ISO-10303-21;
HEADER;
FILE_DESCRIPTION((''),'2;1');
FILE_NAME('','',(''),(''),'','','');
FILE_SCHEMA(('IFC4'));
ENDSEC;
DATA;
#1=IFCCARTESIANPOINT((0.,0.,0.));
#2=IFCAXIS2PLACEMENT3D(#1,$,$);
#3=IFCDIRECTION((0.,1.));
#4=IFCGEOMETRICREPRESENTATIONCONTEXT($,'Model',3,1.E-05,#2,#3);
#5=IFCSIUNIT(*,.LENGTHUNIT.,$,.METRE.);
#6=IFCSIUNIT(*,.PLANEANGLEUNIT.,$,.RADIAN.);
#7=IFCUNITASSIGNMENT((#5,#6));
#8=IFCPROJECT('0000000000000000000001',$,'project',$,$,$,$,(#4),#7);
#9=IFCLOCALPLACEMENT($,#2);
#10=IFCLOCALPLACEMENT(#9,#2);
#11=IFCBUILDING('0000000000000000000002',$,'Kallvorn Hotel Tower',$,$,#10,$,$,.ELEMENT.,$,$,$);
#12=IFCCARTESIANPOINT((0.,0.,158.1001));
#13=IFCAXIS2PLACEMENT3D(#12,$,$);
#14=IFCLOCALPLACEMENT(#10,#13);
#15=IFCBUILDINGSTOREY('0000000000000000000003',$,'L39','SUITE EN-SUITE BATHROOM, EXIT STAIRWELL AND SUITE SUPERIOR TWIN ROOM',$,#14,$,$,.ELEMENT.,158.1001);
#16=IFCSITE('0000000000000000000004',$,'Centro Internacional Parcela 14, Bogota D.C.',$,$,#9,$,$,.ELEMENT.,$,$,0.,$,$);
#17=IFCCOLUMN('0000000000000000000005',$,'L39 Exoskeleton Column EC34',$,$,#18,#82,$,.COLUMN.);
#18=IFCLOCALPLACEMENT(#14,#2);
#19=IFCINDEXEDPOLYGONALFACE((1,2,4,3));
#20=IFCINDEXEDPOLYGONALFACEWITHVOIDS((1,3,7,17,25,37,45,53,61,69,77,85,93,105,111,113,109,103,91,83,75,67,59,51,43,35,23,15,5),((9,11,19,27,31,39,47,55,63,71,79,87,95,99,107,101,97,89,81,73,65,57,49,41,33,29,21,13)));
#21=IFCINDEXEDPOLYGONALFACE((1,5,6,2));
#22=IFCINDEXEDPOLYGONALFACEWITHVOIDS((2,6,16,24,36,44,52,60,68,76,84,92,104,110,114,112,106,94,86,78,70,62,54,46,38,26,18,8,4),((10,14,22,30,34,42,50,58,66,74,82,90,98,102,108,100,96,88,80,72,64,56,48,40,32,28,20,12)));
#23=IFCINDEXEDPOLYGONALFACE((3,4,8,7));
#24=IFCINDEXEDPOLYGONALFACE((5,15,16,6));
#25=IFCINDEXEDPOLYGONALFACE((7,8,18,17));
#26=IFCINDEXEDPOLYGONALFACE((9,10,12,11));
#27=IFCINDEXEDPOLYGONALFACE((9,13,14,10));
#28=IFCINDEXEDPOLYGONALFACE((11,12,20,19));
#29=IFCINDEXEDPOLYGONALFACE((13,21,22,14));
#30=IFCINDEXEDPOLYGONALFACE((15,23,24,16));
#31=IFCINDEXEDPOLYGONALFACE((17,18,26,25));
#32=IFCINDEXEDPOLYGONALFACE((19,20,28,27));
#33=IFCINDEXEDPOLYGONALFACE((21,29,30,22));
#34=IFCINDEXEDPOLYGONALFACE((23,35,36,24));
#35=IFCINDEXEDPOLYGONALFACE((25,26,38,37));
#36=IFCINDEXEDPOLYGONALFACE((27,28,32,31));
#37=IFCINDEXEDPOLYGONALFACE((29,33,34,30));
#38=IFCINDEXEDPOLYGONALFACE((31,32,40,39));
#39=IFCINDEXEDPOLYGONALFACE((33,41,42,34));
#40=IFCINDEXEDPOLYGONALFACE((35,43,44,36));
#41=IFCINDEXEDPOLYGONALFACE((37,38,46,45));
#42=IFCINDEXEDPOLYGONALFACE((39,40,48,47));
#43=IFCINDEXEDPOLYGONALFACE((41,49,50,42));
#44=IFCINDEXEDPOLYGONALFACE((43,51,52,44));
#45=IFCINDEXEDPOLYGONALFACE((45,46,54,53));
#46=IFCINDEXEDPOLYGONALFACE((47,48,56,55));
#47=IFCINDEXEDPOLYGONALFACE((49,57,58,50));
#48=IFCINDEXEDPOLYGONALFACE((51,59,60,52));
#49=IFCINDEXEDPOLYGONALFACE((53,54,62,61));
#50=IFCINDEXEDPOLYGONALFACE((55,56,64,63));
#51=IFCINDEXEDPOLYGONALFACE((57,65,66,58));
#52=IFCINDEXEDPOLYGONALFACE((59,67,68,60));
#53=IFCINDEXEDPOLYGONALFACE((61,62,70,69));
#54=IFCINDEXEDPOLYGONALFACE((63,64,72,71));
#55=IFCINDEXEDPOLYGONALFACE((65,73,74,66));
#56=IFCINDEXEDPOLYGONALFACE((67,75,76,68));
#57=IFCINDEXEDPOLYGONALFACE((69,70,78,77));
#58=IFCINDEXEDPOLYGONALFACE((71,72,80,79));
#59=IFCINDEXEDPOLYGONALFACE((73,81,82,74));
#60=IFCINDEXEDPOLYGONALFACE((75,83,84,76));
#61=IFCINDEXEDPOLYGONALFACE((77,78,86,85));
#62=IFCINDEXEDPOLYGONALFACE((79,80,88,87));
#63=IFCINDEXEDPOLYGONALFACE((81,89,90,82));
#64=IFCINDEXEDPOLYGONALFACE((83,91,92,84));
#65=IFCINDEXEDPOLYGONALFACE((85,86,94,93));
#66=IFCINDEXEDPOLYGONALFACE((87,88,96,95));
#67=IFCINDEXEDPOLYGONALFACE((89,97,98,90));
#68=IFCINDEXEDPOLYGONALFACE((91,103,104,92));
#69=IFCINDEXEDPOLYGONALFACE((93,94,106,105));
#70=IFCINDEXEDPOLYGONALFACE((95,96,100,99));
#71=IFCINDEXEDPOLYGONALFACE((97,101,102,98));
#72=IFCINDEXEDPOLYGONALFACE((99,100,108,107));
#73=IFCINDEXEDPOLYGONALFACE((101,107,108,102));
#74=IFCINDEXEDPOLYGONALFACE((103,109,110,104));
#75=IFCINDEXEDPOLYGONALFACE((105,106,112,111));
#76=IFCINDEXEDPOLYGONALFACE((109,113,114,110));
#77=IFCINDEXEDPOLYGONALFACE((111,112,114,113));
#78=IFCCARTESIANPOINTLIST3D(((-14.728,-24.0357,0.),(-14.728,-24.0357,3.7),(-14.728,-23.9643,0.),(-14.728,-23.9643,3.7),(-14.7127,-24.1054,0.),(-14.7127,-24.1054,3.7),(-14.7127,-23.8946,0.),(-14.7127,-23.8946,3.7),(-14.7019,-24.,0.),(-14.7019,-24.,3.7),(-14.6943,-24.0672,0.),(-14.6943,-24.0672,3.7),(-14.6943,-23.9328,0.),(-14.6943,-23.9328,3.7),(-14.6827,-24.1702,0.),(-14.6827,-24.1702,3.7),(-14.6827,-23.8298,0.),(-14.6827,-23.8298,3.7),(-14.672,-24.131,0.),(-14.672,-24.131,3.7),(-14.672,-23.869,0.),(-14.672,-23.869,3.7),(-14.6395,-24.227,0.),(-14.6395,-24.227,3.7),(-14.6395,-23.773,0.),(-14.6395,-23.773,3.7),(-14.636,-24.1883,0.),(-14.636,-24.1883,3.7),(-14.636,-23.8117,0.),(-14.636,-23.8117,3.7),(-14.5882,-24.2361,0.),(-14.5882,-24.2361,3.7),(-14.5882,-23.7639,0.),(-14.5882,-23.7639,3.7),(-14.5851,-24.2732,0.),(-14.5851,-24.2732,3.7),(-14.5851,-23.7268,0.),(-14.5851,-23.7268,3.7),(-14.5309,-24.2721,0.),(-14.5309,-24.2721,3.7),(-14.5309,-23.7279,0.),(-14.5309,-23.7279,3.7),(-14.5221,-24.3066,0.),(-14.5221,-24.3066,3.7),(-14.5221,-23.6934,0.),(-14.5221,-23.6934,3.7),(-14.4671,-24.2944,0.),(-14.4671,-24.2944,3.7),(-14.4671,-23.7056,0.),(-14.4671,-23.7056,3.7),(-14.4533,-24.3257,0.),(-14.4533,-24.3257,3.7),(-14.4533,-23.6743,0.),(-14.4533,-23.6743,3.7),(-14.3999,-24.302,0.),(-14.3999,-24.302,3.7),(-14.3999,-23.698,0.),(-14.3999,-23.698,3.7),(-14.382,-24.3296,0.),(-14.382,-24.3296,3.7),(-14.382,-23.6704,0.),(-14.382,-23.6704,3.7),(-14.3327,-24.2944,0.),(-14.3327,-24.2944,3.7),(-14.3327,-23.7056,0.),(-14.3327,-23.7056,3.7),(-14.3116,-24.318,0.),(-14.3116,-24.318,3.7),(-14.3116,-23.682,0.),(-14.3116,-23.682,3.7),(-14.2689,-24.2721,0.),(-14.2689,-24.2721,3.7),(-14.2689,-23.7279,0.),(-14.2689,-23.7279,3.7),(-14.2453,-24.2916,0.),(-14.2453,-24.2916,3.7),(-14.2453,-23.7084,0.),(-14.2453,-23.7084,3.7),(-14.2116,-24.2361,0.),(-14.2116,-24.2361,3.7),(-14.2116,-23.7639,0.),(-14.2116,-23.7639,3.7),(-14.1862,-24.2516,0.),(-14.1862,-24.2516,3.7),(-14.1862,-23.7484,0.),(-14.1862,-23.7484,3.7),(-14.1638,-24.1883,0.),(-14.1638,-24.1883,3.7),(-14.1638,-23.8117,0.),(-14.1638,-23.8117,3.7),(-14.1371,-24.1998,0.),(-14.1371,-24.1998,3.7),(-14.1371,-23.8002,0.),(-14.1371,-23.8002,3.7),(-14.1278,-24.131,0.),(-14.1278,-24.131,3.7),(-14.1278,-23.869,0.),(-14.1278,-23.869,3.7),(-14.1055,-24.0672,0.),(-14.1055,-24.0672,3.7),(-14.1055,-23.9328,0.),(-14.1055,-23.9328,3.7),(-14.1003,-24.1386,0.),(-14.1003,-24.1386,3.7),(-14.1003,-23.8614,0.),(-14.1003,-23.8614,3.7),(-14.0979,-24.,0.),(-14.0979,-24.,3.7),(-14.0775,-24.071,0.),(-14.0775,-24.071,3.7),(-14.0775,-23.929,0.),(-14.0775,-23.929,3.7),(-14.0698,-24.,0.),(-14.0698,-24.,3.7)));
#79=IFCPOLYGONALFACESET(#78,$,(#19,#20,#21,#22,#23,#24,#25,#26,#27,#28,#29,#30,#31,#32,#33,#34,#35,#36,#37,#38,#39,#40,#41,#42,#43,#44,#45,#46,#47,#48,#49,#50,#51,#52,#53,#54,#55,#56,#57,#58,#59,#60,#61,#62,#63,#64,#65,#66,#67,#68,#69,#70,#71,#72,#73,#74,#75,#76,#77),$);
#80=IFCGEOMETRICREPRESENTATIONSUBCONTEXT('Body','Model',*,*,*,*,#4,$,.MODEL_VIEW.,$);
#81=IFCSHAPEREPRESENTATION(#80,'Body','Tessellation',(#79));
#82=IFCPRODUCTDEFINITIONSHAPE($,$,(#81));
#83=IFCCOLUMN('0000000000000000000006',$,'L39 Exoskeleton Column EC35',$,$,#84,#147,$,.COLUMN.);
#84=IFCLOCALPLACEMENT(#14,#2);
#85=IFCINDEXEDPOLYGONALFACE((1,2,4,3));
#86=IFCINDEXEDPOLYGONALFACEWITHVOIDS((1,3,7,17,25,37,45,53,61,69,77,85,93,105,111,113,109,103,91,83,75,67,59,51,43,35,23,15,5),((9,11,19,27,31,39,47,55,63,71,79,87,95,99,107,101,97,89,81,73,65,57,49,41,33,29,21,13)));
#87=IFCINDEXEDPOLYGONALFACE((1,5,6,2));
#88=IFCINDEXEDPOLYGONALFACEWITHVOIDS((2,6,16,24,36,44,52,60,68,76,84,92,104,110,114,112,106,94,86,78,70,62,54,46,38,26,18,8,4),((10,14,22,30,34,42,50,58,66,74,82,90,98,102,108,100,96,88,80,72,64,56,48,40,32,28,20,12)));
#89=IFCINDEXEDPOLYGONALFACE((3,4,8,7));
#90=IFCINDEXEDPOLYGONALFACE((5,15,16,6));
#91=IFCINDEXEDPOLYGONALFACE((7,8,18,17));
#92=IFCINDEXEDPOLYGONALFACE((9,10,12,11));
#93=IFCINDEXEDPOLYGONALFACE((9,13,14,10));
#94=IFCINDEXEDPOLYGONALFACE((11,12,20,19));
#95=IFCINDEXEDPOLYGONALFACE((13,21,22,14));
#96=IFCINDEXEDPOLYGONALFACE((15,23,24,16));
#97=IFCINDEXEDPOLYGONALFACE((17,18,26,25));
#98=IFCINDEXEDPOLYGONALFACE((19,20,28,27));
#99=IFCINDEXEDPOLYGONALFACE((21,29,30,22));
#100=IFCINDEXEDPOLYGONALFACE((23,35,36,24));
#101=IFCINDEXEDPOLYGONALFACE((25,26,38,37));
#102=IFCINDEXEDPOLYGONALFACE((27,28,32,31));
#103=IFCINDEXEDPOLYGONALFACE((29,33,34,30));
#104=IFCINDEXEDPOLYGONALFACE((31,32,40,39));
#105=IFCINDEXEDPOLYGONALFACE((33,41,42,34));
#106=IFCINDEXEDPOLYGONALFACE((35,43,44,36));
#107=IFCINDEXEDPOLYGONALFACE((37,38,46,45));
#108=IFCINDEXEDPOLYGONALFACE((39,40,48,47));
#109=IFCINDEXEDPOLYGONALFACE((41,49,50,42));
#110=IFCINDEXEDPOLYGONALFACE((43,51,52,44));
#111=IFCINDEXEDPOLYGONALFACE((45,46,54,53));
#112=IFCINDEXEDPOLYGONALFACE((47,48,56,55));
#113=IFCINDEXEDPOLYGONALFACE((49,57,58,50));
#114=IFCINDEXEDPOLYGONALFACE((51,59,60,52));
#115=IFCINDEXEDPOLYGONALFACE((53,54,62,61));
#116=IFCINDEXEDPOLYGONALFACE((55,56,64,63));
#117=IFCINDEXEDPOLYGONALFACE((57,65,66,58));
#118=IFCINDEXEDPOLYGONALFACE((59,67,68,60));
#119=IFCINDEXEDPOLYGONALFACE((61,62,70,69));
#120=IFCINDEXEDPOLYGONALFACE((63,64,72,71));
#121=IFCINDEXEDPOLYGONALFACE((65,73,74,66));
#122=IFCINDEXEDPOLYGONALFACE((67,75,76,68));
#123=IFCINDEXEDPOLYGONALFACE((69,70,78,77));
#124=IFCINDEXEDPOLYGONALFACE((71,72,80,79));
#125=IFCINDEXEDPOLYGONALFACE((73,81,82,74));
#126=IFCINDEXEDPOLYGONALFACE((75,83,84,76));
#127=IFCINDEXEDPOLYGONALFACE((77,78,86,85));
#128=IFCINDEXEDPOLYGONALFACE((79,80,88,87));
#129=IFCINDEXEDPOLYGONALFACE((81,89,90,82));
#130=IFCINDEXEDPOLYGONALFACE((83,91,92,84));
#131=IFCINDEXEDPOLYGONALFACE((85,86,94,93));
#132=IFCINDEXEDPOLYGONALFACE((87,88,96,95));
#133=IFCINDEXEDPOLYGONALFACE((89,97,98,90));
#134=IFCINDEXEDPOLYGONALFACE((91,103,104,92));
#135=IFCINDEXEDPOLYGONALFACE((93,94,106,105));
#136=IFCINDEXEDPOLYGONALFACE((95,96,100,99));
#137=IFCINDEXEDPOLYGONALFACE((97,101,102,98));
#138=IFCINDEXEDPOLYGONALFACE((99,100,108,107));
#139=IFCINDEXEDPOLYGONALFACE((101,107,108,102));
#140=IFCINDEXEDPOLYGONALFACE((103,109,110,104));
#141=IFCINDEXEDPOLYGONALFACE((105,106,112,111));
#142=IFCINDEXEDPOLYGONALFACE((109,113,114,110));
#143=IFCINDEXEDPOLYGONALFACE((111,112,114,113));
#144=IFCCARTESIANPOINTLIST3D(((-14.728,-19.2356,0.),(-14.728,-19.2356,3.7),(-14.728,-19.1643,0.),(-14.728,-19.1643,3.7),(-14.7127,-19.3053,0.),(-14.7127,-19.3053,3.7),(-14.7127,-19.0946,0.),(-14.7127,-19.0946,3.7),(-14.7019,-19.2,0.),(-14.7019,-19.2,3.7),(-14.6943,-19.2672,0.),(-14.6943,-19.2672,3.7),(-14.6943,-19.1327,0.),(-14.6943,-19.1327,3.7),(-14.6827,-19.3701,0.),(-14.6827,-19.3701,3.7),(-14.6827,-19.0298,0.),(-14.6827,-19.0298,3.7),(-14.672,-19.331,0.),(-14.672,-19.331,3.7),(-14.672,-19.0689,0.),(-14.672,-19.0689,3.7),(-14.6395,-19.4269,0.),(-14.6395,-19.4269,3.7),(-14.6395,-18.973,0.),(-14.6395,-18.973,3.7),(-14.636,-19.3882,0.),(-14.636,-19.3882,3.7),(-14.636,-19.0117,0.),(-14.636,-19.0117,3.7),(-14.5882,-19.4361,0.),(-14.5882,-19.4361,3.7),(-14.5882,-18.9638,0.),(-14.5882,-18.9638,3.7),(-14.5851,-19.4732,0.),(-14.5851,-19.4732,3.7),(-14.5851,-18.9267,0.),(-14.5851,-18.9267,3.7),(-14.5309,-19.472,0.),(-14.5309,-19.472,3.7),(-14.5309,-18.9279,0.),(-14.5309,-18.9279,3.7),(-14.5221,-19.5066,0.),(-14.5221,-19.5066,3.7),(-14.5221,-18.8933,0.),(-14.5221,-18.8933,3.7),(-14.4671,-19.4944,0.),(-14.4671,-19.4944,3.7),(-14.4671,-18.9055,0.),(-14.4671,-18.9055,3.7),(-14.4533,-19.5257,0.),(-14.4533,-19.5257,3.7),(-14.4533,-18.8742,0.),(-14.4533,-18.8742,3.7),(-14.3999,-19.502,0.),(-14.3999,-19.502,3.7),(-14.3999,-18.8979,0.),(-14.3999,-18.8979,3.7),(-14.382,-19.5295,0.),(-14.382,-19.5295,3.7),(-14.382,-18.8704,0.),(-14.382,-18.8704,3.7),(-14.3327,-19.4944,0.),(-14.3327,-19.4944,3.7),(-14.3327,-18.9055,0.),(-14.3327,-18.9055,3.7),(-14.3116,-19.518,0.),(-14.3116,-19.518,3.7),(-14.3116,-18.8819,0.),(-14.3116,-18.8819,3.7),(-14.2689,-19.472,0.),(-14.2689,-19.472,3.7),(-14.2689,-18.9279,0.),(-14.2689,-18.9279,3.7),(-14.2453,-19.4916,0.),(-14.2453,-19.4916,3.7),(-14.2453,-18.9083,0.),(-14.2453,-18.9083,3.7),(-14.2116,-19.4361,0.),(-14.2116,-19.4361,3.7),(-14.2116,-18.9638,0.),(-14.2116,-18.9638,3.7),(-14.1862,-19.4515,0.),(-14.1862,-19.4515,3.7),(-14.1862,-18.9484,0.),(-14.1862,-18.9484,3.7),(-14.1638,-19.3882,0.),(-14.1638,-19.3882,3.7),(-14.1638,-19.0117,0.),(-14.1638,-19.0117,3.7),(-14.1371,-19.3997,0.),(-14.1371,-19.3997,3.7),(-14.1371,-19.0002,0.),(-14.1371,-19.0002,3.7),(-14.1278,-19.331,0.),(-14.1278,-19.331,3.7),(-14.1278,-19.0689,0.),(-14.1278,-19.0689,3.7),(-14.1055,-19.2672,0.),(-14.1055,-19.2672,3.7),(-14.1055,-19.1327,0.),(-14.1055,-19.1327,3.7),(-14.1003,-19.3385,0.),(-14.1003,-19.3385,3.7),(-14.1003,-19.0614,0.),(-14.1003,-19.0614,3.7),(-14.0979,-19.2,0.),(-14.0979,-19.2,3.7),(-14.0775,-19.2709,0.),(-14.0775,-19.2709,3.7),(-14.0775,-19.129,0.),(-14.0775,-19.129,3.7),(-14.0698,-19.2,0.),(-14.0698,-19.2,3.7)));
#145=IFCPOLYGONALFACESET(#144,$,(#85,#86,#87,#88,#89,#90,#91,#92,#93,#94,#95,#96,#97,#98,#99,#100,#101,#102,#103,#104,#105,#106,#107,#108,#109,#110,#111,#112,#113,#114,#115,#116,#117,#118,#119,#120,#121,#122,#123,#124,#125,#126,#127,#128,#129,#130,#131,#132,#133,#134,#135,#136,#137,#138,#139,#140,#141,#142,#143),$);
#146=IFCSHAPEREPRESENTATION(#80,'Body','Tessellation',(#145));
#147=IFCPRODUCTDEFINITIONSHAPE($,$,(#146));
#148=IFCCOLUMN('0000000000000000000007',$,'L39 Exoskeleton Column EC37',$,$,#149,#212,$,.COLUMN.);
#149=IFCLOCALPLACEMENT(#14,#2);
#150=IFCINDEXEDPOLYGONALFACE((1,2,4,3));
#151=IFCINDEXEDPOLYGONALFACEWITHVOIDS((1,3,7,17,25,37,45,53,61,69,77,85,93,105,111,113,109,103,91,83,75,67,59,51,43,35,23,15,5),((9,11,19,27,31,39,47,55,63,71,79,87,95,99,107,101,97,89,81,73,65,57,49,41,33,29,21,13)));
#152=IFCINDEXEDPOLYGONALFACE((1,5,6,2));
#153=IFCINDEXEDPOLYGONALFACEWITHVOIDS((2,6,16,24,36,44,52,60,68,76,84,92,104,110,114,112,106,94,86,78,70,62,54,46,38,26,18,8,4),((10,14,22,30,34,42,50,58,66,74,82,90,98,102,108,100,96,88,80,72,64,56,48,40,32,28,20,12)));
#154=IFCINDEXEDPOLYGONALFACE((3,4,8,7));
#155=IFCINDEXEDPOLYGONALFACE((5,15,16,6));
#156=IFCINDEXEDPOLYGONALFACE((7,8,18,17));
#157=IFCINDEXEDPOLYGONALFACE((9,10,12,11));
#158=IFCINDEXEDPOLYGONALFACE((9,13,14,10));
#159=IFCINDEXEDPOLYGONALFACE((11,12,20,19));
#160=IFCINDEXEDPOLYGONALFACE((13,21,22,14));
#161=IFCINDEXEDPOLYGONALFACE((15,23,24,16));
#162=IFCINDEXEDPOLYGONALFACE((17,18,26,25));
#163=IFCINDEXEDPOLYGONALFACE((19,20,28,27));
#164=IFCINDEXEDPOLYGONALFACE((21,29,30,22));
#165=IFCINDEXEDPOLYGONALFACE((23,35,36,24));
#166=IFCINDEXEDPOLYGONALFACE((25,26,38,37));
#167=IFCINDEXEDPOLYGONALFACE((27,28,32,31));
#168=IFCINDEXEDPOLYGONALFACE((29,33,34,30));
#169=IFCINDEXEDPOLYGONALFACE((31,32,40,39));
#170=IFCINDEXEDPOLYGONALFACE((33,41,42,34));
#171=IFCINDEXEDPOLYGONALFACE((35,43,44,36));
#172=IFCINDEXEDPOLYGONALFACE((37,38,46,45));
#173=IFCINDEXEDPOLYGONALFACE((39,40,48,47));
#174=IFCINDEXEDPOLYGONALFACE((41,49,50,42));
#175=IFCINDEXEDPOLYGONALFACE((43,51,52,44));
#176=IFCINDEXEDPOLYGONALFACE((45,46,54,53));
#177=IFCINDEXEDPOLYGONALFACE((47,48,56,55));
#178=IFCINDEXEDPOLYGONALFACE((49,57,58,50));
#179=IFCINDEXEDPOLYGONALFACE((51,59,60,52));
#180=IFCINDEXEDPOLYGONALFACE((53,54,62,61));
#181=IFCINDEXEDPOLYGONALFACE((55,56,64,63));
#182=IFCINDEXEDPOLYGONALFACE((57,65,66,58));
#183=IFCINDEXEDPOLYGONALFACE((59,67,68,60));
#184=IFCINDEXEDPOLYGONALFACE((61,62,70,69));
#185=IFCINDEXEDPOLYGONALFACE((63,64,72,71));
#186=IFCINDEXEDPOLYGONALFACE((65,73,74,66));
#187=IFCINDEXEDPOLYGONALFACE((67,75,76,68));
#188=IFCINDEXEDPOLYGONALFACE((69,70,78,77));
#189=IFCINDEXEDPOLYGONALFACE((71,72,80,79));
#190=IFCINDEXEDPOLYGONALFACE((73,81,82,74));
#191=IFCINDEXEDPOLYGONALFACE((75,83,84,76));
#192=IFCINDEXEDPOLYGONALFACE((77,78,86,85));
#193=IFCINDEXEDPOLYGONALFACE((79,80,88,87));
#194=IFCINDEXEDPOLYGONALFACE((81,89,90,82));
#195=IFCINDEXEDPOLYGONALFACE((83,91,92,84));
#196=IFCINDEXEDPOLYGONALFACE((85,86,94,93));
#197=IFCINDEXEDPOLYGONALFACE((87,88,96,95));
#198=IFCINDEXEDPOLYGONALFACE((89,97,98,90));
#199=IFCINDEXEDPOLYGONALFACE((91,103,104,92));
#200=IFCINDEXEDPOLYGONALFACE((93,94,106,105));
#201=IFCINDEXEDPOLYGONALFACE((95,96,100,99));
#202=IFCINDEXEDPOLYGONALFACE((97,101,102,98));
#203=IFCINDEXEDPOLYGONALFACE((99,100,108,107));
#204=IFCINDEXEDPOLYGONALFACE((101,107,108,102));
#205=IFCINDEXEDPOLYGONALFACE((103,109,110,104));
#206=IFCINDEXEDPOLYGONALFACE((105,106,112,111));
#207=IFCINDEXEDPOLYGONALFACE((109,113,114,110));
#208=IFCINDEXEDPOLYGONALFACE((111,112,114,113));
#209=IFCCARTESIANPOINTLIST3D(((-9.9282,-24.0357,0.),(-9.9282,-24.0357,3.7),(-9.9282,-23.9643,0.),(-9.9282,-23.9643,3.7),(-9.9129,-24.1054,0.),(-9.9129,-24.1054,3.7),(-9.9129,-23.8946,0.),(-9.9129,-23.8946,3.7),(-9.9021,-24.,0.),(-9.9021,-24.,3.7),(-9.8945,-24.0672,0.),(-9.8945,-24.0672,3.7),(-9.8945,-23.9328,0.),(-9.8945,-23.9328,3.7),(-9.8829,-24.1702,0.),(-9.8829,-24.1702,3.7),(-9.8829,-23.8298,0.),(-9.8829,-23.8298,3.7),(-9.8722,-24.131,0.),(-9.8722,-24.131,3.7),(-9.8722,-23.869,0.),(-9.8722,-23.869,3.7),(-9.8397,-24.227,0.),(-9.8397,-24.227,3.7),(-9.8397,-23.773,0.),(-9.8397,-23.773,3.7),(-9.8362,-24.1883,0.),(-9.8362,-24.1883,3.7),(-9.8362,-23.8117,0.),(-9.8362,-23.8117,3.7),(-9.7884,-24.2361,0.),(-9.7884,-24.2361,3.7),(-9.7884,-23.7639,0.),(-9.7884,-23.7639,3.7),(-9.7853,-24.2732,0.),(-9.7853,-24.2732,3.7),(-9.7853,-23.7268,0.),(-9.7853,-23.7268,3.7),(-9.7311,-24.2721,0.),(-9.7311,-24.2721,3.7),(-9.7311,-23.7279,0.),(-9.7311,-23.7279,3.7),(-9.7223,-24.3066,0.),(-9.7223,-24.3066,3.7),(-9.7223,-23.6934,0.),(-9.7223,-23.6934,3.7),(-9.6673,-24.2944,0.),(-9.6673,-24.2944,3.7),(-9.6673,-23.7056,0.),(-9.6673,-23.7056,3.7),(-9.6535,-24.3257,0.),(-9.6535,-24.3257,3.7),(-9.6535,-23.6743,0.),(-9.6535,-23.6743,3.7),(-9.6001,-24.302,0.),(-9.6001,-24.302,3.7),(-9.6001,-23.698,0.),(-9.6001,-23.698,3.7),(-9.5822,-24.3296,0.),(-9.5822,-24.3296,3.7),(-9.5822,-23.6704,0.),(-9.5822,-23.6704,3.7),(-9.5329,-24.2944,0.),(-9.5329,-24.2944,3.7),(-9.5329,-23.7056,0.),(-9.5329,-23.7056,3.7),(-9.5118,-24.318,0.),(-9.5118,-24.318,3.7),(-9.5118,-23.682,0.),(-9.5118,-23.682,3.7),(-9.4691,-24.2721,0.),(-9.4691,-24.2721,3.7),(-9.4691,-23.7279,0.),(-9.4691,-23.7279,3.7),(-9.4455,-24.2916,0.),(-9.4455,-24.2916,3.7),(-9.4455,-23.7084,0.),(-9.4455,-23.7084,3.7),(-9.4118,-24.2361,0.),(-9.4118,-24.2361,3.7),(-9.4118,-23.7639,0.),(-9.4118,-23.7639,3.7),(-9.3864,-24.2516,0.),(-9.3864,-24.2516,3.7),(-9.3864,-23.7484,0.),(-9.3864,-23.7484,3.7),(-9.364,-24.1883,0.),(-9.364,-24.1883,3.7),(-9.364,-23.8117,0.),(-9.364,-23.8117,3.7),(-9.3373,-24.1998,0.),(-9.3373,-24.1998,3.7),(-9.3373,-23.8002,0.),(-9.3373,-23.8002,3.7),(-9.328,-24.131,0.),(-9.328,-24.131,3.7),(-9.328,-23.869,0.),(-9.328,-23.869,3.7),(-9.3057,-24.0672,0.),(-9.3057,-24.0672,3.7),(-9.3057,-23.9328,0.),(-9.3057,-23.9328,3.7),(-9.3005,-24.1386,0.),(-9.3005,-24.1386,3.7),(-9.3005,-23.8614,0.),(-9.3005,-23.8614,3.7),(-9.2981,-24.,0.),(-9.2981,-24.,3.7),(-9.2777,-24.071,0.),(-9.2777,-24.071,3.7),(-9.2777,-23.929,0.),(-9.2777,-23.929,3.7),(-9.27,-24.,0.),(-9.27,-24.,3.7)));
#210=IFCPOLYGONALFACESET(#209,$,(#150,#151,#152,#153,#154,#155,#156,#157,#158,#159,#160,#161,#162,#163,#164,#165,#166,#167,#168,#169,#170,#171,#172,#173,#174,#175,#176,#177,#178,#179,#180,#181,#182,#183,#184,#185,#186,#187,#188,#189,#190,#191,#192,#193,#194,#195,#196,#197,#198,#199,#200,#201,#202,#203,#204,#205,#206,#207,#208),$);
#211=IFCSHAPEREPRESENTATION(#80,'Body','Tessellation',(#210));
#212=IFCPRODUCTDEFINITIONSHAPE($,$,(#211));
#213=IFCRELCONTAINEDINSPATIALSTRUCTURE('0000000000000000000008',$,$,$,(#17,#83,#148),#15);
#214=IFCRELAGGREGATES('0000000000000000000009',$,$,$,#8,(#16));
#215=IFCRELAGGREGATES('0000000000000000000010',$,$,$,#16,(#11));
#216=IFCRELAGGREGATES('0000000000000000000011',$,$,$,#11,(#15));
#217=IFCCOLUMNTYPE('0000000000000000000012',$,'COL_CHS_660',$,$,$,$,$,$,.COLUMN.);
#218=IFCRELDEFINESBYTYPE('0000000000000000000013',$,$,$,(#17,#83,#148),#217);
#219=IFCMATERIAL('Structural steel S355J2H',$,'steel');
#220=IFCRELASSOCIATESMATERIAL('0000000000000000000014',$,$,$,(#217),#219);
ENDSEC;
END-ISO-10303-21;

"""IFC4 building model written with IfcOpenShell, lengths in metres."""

from ifc_helpers import new_model, si_unit, direction, frame, origin, origin_2d, place, context, subcontext, project, spatial, hollow_circle, extrude, material, material_profile, profile_set, type_object, element, save


model = new_model("IFC4")

# Units and contexts
model_context = context("Model", 3, precision=1e-05, world=origin(), true_north=direction((0.0, 1.0)))
body_context = subcontext(model_context, "Body", "Model", "MODEL_VIEW")
ifc_project = project(units=[si_unit("LENGTHUNIT", "METRE"), si_unit("PLANEANGLEUNIT", "RADIAN")], contexts=[model_context])

# Site, building, storey
site_placement = place(None, origin())
site = spatial("IfcSite", under=ifc_project, at=site_placement, Name="Centro Internacional Parcela 14, Bogota D.C.", CompositionType="ELEMENT", RefElevation=0.0)
building_placement = place(site_placement, origin())
building = spatial("IfcBuilding", under=site, at=building_placement, Name="Kallvorn Hotel Tower", CompositionType="ELEMENT")
storey_placement = place(building_placement, frame((0.0, 0.0, 158.1001)))
storey = spatial("IfcBuildingStorey", under=building, at=storey_placement, Name="L39", Description="SUITE EN-SUITE BATHROOM, EXIT STAIRWELL AND SUITE SUPERIOR TWIN ROOM", CompositionType="ELEMENT", Elevation=158.1001)

# Columns
ifc_material_1 = material(Name="Structural steel S355J2H", Category="steel")
ifc_material_profile_1 = material_profile(ifc_material_1, hollow_circle(Radius=0.3301, WallThickness=0.0281, at=origin_2d()), Name="CHS 660x28")
ifc_profile_set_1 = profile_set([ifc_material_profile_1], Name="Structural steel S355J2H")
column_type_1 = type_object("IfcColumnType", Name="COL_CHS_660", PredefinedType="COLUMN", material=ifc_profile_set_1)
for number, where, z_axis, x_axis, name in (
    (1, (-14.3999, -24.0, 0.0), (0.0, 0.0, 1.0), (1.0, 0.0, 0.0), "L39 Exoskeleton Column EC34"),
    (2, (-14.3999, -19.2, 0.0), (0.0, 0.0, 1.0), (1.0, 0.0, 0.0), "L39 Exoskeleton Column EC35"),
    (3, (-9.6001, -24.0, 0.0), (0.0, 0.0, 1.0), (1.0, 0.0, 0.0), "L39 Exoskeleton Column EC37"),
):
    element("IfcColumn", number, at=place(storey_placement, frame(where, z_axis=z_axis, x_axis=x_axis)), inside=storey, type_object=column_type_1, Name=name, PredefinedType="COLUMN", context=body_context, shape_type="SweptSolid", body=[
        extrude(hollow_circle(Radius=0.3301, WallThickness=0.0281, at=origin_2d()), origin(), (0.0, 0.0, 1.0), 3.7),
    ])

save(model, "model.ifc")
